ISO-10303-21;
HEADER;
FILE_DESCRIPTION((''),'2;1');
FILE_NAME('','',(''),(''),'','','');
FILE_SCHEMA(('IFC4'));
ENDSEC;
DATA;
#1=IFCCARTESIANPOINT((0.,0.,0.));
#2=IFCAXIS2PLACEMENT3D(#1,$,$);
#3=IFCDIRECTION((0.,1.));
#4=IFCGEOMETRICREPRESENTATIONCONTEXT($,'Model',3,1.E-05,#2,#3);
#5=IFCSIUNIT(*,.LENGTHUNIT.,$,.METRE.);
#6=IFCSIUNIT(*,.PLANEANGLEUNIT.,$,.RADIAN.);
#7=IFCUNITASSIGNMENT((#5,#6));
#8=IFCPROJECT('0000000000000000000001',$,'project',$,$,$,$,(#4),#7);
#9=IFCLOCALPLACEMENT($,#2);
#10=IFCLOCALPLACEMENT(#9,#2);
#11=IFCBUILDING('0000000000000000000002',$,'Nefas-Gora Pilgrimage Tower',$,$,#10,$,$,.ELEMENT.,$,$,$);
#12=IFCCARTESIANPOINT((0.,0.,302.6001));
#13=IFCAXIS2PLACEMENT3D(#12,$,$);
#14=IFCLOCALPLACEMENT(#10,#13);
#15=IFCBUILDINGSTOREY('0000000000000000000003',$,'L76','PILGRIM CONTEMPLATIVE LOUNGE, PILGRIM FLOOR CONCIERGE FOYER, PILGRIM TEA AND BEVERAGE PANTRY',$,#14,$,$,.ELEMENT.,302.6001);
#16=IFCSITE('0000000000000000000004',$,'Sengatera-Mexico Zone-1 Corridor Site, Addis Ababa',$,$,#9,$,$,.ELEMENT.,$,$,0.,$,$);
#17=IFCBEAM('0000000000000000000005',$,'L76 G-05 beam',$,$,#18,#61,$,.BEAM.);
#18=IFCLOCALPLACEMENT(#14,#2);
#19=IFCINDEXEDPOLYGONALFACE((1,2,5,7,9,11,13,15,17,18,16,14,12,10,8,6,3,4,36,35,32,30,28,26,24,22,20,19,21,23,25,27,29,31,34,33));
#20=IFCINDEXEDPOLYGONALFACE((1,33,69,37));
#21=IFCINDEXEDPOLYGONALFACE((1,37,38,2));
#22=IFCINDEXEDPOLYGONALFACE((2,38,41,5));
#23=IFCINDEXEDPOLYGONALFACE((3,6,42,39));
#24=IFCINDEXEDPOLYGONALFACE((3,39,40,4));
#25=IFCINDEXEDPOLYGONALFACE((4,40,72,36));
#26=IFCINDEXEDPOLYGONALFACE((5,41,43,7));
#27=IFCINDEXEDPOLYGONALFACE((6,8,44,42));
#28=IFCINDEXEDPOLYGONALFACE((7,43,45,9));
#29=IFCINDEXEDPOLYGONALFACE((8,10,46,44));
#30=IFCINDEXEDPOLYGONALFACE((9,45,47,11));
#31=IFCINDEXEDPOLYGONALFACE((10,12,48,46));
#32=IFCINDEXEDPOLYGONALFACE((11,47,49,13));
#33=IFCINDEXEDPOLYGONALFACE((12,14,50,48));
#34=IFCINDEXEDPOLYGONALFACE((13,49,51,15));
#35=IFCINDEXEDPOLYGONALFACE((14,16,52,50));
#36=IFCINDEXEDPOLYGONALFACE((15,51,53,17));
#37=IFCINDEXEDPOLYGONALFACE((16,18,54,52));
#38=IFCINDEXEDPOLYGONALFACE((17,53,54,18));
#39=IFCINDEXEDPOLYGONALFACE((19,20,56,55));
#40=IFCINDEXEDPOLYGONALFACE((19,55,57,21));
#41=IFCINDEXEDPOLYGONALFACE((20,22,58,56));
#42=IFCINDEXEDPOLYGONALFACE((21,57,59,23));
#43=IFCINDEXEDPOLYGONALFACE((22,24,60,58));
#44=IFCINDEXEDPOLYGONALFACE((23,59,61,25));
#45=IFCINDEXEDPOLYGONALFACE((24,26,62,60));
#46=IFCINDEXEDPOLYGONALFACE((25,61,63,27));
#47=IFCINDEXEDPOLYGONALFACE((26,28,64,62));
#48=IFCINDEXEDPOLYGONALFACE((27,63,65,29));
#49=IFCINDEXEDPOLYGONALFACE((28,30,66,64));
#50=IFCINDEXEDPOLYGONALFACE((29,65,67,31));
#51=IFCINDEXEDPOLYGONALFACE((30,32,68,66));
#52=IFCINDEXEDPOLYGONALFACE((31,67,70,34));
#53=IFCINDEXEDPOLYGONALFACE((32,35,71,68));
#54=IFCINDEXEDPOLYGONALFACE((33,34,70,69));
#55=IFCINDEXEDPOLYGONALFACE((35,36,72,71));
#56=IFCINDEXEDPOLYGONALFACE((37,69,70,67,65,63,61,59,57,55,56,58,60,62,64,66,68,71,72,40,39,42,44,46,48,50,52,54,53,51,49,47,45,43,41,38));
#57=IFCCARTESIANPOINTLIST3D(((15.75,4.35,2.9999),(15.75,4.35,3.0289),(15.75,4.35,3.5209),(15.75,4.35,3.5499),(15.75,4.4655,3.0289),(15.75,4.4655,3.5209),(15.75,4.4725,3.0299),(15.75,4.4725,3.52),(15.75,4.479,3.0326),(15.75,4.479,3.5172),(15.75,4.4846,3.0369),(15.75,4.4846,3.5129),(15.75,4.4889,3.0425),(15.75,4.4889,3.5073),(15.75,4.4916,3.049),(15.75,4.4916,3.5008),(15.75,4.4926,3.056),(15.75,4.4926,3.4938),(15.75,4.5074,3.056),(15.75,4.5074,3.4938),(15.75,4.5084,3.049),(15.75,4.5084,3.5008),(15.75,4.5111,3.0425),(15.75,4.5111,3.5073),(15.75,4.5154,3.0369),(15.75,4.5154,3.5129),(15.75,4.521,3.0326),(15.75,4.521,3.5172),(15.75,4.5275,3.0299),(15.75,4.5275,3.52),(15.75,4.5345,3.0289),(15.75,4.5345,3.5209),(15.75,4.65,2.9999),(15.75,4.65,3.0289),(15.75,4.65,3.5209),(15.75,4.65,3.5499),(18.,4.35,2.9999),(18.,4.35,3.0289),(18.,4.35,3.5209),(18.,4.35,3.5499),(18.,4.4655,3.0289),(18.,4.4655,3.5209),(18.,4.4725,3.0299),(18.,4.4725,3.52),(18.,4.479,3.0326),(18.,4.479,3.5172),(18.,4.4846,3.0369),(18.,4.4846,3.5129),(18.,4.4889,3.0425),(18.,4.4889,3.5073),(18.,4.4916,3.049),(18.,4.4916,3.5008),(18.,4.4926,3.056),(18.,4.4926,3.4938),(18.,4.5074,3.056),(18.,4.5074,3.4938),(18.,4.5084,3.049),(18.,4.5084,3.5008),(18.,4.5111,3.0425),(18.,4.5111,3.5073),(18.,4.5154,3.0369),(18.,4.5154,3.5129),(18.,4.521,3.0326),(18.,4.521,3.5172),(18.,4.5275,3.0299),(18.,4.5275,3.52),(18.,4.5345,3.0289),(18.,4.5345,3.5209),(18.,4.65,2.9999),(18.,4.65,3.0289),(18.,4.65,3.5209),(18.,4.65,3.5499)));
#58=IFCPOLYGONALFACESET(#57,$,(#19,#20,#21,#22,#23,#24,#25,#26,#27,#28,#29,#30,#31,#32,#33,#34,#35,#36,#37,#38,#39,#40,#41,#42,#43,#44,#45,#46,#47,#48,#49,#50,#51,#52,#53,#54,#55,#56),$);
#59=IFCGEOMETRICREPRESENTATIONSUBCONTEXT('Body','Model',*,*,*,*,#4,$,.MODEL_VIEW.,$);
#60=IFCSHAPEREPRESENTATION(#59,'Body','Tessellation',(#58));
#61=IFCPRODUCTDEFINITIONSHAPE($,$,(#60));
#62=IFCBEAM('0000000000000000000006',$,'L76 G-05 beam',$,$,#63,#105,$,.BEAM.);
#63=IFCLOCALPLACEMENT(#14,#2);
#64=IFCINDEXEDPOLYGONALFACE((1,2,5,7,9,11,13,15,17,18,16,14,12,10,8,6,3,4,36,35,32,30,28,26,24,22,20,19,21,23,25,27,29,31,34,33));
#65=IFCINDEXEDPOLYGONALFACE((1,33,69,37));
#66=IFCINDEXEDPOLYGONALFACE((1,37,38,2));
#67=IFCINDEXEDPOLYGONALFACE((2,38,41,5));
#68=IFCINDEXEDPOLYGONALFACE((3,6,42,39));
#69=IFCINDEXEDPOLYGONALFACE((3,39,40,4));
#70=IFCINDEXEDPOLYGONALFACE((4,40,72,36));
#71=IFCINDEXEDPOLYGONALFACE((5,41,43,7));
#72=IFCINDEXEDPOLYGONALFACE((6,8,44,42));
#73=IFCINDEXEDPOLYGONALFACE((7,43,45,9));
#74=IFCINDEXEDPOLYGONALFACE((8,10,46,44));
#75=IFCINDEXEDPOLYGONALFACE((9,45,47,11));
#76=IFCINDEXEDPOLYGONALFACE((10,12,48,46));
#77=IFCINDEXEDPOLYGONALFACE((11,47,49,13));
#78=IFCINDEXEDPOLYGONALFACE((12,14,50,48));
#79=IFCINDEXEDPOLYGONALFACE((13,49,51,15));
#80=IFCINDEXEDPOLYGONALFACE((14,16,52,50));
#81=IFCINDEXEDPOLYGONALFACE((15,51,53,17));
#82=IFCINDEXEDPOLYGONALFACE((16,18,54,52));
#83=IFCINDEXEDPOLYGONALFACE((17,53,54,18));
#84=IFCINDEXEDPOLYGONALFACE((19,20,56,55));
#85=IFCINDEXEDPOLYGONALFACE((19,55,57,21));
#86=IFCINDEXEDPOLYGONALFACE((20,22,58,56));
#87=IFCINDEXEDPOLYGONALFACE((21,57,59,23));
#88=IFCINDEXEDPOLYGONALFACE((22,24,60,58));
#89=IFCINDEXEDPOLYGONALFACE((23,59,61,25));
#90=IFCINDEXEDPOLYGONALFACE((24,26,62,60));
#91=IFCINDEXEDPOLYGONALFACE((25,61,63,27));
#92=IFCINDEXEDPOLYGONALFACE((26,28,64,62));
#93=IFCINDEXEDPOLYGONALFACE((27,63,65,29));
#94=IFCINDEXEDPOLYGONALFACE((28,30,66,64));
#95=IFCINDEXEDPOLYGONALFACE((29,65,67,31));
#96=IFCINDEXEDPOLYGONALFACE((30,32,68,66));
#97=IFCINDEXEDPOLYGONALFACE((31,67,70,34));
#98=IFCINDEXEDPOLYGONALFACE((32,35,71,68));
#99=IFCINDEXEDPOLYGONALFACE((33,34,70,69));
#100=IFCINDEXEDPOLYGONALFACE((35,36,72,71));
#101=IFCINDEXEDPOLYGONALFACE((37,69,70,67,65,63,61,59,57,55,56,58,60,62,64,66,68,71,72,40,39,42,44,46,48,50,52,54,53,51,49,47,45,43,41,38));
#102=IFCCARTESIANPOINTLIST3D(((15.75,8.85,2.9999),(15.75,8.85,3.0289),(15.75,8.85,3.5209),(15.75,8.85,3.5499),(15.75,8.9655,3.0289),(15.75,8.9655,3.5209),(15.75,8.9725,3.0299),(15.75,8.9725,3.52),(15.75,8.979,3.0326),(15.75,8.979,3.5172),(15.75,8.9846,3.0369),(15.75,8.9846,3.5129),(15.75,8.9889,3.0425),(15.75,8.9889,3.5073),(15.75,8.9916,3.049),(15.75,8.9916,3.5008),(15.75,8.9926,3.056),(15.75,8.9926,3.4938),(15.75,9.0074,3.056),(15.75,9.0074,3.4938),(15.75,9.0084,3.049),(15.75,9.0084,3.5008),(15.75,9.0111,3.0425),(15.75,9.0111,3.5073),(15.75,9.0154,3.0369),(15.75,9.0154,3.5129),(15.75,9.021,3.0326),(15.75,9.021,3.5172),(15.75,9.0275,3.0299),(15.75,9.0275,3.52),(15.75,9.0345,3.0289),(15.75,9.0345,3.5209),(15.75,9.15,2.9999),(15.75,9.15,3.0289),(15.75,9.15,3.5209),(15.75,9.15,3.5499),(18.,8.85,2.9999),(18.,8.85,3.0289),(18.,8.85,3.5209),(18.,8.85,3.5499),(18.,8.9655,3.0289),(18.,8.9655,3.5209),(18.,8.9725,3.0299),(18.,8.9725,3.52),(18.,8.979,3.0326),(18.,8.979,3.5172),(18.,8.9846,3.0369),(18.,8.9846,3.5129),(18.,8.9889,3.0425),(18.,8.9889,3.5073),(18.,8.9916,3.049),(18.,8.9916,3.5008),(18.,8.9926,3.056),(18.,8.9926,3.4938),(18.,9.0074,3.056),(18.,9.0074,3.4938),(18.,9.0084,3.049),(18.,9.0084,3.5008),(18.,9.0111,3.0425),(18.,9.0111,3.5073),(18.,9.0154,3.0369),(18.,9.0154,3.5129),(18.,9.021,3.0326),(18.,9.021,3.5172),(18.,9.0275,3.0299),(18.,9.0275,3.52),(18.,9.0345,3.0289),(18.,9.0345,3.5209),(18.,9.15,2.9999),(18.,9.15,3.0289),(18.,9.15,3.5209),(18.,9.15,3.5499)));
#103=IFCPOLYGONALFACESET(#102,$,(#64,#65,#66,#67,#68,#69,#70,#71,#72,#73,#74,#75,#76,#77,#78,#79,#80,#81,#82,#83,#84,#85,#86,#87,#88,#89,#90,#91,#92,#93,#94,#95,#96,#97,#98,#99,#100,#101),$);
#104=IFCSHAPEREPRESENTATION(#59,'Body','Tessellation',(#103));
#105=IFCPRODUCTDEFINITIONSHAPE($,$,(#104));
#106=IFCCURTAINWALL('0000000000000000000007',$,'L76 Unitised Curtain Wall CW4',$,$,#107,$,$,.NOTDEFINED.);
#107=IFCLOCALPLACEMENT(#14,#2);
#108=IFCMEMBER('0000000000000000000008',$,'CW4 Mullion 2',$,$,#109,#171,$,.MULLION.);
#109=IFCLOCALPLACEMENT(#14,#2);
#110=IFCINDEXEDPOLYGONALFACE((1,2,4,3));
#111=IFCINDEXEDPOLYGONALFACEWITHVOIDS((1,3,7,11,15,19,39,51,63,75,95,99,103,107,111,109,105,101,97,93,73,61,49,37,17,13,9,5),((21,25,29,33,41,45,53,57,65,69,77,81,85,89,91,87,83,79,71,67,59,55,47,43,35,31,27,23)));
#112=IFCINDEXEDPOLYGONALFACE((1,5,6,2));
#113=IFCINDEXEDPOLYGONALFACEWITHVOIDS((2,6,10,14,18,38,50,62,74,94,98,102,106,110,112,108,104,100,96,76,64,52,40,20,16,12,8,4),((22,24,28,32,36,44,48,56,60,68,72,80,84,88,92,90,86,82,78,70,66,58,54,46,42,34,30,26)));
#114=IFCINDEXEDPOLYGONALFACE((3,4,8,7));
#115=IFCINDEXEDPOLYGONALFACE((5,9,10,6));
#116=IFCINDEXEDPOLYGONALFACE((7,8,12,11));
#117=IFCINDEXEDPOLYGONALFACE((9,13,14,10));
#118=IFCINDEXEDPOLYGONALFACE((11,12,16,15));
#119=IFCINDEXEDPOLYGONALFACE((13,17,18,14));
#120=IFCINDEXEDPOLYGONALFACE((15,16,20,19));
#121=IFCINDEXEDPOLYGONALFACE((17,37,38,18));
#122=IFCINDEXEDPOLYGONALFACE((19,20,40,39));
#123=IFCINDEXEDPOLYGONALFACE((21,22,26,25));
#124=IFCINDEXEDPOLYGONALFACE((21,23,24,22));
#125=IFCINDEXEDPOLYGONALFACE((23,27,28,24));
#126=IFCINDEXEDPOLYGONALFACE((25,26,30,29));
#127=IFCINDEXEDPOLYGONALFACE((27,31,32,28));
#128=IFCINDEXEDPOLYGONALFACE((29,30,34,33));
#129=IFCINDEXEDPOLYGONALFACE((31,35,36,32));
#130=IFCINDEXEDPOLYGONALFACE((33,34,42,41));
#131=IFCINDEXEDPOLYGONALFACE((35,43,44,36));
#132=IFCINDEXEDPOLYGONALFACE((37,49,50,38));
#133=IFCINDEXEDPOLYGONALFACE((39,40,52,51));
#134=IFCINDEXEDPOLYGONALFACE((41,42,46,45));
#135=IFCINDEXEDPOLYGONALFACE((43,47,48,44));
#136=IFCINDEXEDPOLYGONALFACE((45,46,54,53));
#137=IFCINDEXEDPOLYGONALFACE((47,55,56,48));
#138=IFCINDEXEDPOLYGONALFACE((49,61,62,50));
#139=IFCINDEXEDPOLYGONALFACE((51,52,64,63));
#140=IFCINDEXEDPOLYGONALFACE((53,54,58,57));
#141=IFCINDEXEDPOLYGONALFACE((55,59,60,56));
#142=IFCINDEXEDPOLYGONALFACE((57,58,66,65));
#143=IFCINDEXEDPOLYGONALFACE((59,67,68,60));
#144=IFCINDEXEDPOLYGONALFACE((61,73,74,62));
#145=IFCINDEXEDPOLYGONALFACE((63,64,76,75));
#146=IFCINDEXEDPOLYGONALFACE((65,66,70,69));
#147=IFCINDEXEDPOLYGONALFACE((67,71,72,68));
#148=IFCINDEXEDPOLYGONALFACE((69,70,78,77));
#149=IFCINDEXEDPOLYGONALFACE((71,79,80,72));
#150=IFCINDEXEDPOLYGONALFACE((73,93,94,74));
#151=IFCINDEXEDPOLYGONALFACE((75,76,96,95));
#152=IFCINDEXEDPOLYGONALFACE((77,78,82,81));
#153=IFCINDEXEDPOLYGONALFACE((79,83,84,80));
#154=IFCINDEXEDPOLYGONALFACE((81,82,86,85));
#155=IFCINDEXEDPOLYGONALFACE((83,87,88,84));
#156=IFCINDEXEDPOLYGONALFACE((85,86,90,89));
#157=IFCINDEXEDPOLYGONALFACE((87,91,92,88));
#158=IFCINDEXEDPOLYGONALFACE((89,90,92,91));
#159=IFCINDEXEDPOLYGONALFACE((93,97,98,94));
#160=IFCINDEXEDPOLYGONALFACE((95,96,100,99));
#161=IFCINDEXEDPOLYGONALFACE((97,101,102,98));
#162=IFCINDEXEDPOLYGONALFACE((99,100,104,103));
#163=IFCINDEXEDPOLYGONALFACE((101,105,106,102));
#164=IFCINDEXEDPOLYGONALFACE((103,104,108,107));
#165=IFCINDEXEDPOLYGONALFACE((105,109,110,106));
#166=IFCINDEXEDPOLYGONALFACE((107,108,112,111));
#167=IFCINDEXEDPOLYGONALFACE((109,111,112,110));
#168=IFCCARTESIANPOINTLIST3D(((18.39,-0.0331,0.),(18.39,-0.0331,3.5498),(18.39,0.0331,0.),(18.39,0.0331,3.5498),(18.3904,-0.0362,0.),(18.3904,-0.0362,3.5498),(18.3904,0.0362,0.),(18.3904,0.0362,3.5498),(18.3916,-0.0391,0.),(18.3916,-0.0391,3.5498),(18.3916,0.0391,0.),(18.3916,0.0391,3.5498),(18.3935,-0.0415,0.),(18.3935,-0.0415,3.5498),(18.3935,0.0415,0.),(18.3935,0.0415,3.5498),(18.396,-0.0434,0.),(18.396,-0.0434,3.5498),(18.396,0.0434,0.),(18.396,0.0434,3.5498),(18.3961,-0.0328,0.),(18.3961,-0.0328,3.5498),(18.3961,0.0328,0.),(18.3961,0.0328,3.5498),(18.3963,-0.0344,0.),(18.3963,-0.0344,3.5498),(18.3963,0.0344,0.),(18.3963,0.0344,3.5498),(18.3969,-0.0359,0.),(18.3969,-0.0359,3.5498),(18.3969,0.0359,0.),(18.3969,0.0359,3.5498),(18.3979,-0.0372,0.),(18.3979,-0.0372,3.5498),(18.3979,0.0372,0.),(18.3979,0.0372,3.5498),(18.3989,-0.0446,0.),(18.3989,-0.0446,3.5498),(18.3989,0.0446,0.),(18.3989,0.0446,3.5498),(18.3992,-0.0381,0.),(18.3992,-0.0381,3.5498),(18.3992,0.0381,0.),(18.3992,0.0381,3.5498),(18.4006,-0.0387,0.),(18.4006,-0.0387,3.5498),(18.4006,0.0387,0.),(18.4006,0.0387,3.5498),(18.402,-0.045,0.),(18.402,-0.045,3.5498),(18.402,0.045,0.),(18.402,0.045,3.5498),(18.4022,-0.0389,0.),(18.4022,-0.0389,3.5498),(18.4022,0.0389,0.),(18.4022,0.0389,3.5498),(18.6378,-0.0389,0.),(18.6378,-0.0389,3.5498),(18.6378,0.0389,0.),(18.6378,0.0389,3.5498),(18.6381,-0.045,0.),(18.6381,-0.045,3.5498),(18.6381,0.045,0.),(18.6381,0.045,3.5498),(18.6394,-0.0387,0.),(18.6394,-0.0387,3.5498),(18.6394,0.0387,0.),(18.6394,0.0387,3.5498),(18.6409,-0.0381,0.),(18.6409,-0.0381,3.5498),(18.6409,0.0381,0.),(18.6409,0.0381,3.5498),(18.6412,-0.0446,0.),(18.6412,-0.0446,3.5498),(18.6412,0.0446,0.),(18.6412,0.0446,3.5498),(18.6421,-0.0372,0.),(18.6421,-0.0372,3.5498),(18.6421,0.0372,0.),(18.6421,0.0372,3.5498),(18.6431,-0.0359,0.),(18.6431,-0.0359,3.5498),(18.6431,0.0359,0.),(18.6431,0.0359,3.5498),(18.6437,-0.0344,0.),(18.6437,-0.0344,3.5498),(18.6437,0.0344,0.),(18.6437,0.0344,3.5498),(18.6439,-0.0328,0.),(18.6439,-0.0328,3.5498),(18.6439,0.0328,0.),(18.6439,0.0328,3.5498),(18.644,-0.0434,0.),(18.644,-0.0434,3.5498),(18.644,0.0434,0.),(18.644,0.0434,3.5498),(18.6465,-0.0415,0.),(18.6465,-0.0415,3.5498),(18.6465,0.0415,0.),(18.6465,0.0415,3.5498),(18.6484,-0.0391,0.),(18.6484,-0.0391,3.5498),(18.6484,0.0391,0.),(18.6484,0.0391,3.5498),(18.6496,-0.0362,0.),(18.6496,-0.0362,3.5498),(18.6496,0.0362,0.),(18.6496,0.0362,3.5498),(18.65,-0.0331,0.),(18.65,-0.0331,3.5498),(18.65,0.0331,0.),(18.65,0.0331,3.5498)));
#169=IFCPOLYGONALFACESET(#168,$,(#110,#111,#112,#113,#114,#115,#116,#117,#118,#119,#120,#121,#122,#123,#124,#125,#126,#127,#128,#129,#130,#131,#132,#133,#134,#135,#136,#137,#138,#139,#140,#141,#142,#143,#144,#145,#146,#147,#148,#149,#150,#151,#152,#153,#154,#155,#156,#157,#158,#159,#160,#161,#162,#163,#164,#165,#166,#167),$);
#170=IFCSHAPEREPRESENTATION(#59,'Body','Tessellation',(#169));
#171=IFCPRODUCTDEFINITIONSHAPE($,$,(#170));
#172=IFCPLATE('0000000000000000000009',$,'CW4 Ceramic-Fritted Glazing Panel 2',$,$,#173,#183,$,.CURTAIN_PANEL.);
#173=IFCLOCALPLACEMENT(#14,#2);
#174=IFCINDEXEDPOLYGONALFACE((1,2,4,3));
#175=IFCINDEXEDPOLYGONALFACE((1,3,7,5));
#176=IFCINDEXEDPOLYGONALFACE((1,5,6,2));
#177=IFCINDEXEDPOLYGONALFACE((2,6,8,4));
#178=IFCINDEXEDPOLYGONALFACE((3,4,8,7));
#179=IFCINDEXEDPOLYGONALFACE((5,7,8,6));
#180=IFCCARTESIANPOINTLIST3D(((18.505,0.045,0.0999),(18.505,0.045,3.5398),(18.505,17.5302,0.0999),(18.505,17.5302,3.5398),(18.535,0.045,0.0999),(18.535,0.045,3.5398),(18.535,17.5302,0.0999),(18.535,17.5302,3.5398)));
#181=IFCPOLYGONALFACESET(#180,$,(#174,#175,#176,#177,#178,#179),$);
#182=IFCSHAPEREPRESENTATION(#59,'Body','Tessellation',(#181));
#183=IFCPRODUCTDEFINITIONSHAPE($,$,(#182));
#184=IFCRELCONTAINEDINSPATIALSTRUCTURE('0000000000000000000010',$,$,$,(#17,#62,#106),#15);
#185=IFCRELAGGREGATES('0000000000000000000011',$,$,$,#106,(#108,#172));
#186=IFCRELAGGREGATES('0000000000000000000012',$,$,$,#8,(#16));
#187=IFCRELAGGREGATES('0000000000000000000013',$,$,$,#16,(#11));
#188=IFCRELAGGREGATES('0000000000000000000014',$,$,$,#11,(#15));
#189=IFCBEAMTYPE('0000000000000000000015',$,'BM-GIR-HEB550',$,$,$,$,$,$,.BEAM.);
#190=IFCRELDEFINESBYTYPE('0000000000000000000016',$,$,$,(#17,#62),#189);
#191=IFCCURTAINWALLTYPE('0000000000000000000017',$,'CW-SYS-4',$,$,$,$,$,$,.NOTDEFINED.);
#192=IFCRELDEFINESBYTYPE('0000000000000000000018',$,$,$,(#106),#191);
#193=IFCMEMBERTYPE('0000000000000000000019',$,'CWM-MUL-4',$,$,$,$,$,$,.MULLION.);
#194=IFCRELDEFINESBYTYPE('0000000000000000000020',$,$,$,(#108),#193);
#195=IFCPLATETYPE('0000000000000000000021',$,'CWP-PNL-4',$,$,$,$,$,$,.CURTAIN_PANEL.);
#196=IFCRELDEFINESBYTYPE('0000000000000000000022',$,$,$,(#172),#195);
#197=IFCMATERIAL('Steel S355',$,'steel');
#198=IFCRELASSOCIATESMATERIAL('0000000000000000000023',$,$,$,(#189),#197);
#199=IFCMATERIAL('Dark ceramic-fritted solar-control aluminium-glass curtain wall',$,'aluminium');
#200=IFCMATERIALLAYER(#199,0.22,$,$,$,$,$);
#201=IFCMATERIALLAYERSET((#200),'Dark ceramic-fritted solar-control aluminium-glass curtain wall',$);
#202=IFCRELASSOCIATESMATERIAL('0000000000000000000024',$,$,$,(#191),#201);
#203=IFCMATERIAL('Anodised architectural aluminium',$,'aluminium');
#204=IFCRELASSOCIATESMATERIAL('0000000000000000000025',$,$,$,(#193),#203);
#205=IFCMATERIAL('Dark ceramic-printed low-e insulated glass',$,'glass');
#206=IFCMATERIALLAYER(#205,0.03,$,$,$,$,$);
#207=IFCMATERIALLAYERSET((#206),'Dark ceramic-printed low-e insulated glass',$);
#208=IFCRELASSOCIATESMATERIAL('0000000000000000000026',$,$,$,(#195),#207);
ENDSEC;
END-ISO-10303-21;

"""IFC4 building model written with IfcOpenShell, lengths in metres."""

from ifc_helpers import new_model, si_unit, direction, frame, origin, origin_2d, place, context, subcontext, project, spatial, rectangle, hollow_rectangle, i_section, extrude, source, transform, mapped, material, layer, layer_set, material_profile, profile_set, type_object, element, aggregate, save


model = new_model("IFC4")

# Units and contexts
model_context = context("Model", 3, precision=1e-05, world=origin(), true_north=direction((0.0, 1.0)))
body_context = subcontext(model_context, "Body", "Model", "MODEL_VIEW")
ifc_project = project(units=[si_unit("LENGTHUNIT", "METRE"), si_unit("PLANEANGLEUNIT", "RADIAN")], contexts=[model_context])

# Site, building, storey
site_placement = place(None, origin())
site = spatial("IfcSite", under=ifc_project, at=site_placement, Name="Sengatera-Mexico Zone-1 Corridor Site, Addis Ababa", CompositionType="ELEMENT", RefElevation=0.0)
building_placement = place(site_placement, origin())
building = spatial("IfcBuilding", under=site, at=building_placement, Name="Nefas-Gora Pilgrimage Tower", CompositionType="ELEMENT")
storey_placement = place(building_placement, frame((0.0, 0.0, 302.6001)))
storey = spatial("IfcBuildingStorey", under=building, at=storey_placement, Name="L76", Description="PILGRIM CONTEMPLATIVE LOUNGE, PILGRIM FLOOR CONCIERGE FOYER, PILGRIM TEA AND BEVERAGE PANTRY", CompositionType="ELEMENT", Elevation=302.6001)

# Shared definitions
ifc_material_1 = material(Name="Steel S355", Category="steel")

# Beams
ifc_material_profile_1 = material_profile(ifc_material_1, i_section(OverallWidth=0.3, OverallDepth=0.55, WebThickness=0.0149, FlangeThickness=0.0291, FilletRadius=0.0271, at=origin_2d()), Name="HEB 550")
ifc_profile_set_1 = profile_set([ifc_material_profile_1], Name="Steel S355")
beam_type_1 = type_object("IfcBeamType", Name="BM-GIR-HEB550", PredefinedType="BEAM", material=ifc_profile_set_1)
shared_shape_1 = source(origin(), body_context, "Body", "SweptSolid", [
    extrude(i_section(OverallWidth=0.3, OverallDepth=0.55, WebThickness=0.0149, FlangeThickness=0.0291, FilletRadius=0.0271, at=origin_2d()), origin(), (0.0, 0.0, 1.0), 2.25),
])
for number, where, z_axis, x_axis, name in (
    (1, (15.75, 4.5, 3.2749), (1.0, 0.0, 0.0), (0.0, 1.0, 0.0), "L76 G-05 beam"),
    (2, (15.75, 9.0, 3.2749), (1.0, 0.0, 0.0), (0.0, 1.0, 0.0), "L76 G-05 beam"),
):
    element("IfcBeam", number, at=place(storey_placement, frame(where, z_axis=z_axis, x_axis=x_axis)), inside=storey, type_object=beam_type_1, Name=name, PredefinedType="BEAM", context=body_context, shape_type="MappedRepresentation", body=[
        mapped(shared_shape_1, transform((0.0, 0.0, 0.0), x_axis=(1.0, 0.0, 0.0), y_axis=(0.0, 1.0, 0.0), z_axis=(0.0, 0.0, 1.0), scale=1.0)),
    ])

# Curtain wall, member, plate
ifc_material_2 = material(Name="Dark ceramic-fritted solar-control aluminium-glass curtain wall", Category="aluminium")
ifc_layer_1 = layer(ifc_material_2, 0.22)
ifc_layer_set_1 = layer_set([ifc_layer_1], Name="Dark ceramic-fritted solar-control aluminium-glass curtain wall")
curtain_wall_type = type_object("IfcCurtainWallType", Name="CW-SYS-4", PredefinedType="NOTDEFINED", material=ifc_layer_set_1)
curtain_wall_placement = place(storey_placement, origin())
curtain_wall = element("IfcCurtainWall", 3, at=curtain_wall_placement, inside=storey, type_object=curtain_wall_type, Name="L76 Unitised Curtain Wall CW4", PredefinedType="NOTDEFINED")
ifc_material_3 = material(Name="Anodised architectural aluminium", Category="aluminium")
ifc_material_profile_2 = material_profile(ifc_material_3, hollow_rectangle(XDim=0.0901, YDim=0.26, WallThickness=0.0061, InnerFilletRadius=0.0061, OuterFilletRadius=0.012, at=origin_2d()), Name="ALU MULLION 90x260")
ifc_profile_set_2 = profile_set([ifc_material_profile_2], Name="Anodised architectural aluminium")
member_type = type_object("IfcMemberType", Name="CWM-MUL-4", PredefinedType="MULLION", material=ifc_profile_set_2)
shared_shape_2 = source(origin(), body_context, "Body", "SweptSolid", [
    extrude(hollow_rectangle(XDim=0.0901, YDim=0.26, WallThickness=0.0061, InnerFilletRadius=0.0061, OuterFilletRadius=0.012, at=origin_2d()), origin(), (0.0, 0.0, 1.0), 3.5498),
])
member_placement = place(storey_placement, frame((18.52, 0.0, 0.0), z_axis=(0.0, 0.0, 1.0), x_axis=(0.0, 1.0, 0.0)))
member = element("IfcMember", 4, at=member_placement, type_object=member_type, Name="CW4 Mullion 2", PredefinedType="MULLION", context=body_context, shape_type="MappedRepresentation", body=[
    mapped(shared_shape_2, transform((0.0, 0.0, 0.0), x_axis=(1.0, 0.0, 0.0), y_axis=(0.0, 1.0, 0.0), z_axis=(0.0, 0.0, 1.0), scale=1.0)),
])
ifc_material_4 = material(Name="Dark ceramic-printed low-e insulated glass", Category="glass")
ifc_layer_2 = layer(ifc_material_4, 0.03)
ifc_layer_set_2 = layer_set([ifc_layer_2], Name="Dark ceramic-printed low-e insulated glass")
plate_type = type_object("IfcPlateType", Name="CWP-PNL-4", PredefinedType="CURTAIN_PANEL", material=ifc_layer_set_2)
shared_shape_3 = source(origin(), body_context, "Body", "SweptSolid", [
    extrude(rectangle(XDim=17.4851, YDim=0.03, at=origin_2d()), origin(), (0.0, 0.0, 1.0), 3.4399),
])
plate_placement = place(storey_placement, frame((18.52, 8.7876, 0.0999), z_axis=(0.0, 0.0, 1.0), x_axis=(0.0, 1.0, 0.0)))
plate = element("IfcPlate", 5, at=plate_placement, type_object=plate_type, Name="CW4 Ceramic-Fritted Glazing Panel 2", PredefinedType="CURTAIN_PANEL", context=body_context, shape_type="MappedRepresentation", body=[
    mapped(shared_shape_3, transform((0.0, 0.0, 0.0), x_axis=(1.0, 0.0, 0.0), y_axis=(0.0, 1.0, 0.0), z_axis=(0.0, 0.0, 1.0), scale=1.0)),
])
aggregate(curtain_wall, [member, plate])

save(model, "model.ifc")
